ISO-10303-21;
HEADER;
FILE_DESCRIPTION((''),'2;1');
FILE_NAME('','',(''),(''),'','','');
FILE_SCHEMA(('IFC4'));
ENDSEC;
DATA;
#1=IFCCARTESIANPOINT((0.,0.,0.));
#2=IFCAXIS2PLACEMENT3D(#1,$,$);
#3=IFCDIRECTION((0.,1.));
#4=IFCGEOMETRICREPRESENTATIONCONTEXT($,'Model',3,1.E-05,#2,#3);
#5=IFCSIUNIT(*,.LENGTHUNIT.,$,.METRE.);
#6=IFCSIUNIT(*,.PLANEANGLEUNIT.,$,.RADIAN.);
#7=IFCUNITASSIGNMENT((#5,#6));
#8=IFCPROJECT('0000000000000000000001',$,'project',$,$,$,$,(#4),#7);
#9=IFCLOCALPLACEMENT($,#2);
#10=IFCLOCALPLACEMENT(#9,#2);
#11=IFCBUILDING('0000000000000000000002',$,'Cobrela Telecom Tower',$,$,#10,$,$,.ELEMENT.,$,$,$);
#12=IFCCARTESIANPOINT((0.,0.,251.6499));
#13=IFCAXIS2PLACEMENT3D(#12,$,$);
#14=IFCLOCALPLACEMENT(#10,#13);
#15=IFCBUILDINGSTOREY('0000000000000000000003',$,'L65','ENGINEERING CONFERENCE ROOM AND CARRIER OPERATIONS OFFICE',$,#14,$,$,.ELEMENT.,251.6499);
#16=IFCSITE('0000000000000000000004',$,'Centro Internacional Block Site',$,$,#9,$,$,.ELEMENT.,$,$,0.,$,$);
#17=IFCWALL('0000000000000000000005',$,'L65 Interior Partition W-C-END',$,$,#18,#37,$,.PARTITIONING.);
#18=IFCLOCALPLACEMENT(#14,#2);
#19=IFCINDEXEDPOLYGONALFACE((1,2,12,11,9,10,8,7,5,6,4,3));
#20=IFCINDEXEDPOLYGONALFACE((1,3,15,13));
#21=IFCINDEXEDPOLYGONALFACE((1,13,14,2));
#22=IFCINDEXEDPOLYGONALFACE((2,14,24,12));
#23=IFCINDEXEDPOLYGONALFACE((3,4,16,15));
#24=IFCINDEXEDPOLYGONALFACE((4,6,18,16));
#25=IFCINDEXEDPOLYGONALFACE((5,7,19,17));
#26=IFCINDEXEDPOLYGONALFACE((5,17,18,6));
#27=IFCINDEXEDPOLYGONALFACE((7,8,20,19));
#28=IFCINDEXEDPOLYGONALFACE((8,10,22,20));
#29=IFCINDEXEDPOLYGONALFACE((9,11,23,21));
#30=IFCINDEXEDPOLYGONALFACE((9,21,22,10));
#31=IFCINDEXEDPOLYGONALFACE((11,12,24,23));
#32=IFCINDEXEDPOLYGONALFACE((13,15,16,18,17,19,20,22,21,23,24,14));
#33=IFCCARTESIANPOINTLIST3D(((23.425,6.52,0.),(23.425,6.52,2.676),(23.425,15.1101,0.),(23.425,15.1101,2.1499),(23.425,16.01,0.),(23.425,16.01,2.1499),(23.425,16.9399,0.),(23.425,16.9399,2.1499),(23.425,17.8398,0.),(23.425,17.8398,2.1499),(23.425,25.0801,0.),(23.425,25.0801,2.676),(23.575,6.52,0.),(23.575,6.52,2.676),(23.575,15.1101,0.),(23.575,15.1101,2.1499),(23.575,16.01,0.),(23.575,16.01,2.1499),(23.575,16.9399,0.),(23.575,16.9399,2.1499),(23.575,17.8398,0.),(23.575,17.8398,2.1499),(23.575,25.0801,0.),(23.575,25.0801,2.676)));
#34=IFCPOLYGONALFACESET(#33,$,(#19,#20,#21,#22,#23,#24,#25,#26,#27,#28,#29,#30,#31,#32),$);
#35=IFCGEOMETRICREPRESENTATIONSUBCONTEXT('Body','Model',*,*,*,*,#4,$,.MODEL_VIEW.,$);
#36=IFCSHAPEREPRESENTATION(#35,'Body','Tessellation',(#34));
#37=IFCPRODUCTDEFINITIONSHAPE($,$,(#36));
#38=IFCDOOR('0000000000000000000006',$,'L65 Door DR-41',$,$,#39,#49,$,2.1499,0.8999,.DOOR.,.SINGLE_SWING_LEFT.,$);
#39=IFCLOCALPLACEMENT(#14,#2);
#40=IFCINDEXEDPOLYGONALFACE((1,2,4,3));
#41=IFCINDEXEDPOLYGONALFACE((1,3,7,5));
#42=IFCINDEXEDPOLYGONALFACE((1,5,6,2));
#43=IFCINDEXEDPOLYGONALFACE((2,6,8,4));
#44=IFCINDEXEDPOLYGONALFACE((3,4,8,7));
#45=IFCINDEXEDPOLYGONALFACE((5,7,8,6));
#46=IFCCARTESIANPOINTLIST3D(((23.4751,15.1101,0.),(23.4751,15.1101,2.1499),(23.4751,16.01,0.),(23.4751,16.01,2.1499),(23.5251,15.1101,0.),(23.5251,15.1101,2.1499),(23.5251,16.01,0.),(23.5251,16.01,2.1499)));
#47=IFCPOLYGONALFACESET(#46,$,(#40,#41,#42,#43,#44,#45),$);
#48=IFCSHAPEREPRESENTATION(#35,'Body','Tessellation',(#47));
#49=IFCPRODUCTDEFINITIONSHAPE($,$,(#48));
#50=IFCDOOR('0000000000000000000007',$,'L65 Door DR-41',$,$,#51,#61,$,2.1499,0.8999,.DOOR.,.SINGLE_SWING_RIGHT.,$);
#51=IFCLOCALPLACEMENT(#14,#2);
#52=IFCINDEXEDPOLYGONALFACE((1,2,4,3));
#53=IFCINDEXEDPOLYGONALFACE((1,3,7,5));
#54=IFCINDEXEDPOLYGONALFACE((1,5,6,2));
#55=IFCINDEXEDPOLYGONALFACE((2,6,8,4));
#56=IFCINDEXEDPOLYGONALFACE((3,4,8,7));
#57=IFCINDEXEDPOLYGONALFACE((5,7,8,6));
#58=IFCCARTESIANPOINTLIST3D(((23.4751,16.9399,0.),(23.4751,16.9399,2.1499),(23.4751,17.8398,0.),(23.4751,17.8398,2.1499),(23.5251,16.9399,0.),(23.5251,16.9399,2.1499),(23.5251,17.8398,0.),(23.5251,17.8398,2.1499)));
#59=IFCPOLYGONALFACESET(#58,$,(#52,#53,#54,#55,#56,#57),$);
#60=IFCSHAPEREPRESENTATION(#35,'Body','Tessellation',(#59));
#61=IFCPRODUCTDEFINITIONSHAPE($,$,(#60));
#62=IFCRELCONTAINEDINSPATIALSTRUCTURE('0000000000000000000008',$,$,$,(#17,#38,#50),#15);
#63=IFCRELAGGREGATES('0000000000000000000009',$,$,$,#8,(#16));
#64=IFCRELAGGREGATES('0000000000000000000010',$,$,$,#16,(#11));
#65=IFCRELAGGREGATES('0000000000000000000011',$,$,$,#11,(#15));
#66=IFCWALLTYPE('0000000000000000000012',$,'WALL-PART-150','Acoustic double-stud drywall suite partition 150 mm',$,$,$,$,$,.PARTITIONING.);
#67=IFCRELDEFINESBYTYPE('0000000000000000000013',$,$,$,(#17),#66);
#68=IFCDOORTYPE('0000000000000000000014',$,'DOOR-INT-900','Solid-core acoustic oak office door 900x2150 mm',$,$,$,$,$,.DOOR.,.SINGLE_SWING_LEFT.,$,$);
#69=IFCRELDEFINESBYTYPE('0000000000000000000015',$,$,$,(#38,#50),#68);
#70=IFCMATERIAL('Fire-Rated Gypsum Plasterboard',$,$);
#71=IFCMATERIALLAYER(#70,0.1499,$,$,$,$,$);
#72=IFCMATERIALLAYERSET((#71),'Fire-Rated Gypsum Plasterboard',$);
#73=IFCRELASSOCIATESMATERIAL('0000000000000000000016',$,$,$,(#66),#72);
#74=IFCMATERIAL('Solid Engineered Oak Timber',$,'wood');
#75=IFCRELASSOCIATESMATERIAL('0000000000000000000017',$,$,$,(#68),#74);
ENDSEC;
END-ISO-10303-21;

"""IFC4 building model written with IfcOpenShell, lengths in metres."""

from ifc_helpers import new_model, si_unit, direction, frame, frame_2d, origin, place, context, subcontext, project, spatial, rectangle, extrude, material, layer, layer_set, type_object, element, fill, save


model = new_model("IFC4")

# Units and contexts
model_context = context("Model", 3, precision=1e-05, world=origin(), true_north=direction((0.0, 1.0)))
body_context = subcontext(model_context, "Body", "Model", "MODEL_VIEW")
ifc_project = project(units=[si_unit("LENGTHUNIT", "METRE"), si_unit("PLANEANGLEUNIT", "RADIAN")], contexts=[model_context])

# Site, building, storey
site_placement = place(None, origin())
site = spatial("IfcSite", under=ifc_project, at=site_placement, Name="Centro Internacional Block Site", CompositionType="ELEMENT", RefElevation=0.0)
building_placement = place(site_placement, origin())
building = spatial("IfcBuilding", under=site, at=building_placement, Name="Cobrela Telecom Tower", CompositionType="ELEMENT")
storey_placement = place(building_placement, frame((0.0, 0.0, 251.6499)))
storey = spatial("IfcBuildingStorey", under=building, at=storey_placement, Name="L65", Description="ENGINEERING CONFERENCE ROOM AND CARRIER OPERATIONS OFFICE", CompositionType="ELEMENT", Elevation=251.6499)

# Shared definitions
ifc_material_1 = material(Name="Fire-Rated Gypsum Plasterboard")
ifc_material_2 = material(Name="Solid Engineered Oak Timber", Category="wood")

# Shared definitions
ifc_layer_1 = layer(ifc_material_1, 0.1499)
ifc_layer_set_1 = layer_set([ifc_layer_1], Name="Fire-Rated Gypsum Plasterboard")
wall_type_1 = type_object("IfcWallType", Name="WALL-PART-150", Description="Acoustic double-stud drywall suite partition 150 mm", PredefinedType="PARTITIONING", material=ifc_layer_set_1)

# Wall, openings, doors
wall_1_placement = place(storey_placement, frame((23.5, 6.52, 0.0), z_axis=(0.0, 0.0, 1.0), x_axis=(0.0, 1.0, 0.0)))
wall_1 = element("IfcWall", 1, at=wall_1_placement, inside=storey, type_object=wall_type_1, Name="L65 Interior Partition W-C-END", PredefinedType="PARTITIONING", context=body_context, shape_type="SweptSolid", body=[
    extrude(rectangle(XDim=18.5601, YDim=0.1499, at=frame_2d((9.28, 0.0))), origin(), (0.0, 0.0, 1.0), 2.676),
])
opening_1_placement = place(wall_1_placement, frame((8.5901, 0.0, 0.0)))
opening_1 = element("IfcOpeningElement", 2, at=opening_1_placement, cuts=wall_1, PredefinedType="OPENING", context=body_context, shape_type="SweptSolid", body=[
    extrude(rectangle(XDim=0.8999, YDim=2.1499, at=frame_2d((0.45, 1.075))), frame((0.0, 0.0869, 0.0), z_axis=(0.0, -1.0, 0.0), x_axis=(1.0, 0.0, 0.0)), (0.0, 0.0, 1.0), 0.1738),
])
opening_2_placement = place(wall_1_placement, frame((10.4199, 0.0, 0.0)))
opening_2 = element("IfcOpeningElement", 3, at=opening_2_placement, cuts=wall_1, PredefinedType="OPENING", context=body_context, shape_type="SweptSolid", body=[
    extrude(rectangle(XDim=0.8999, YDim=2.1499, at=frame_2d((0.45, 1.075))), frame((0.0, 0.0869, 0.0), z_axis=(0.0, -1.0, 0.0), x_axis=(1.0, 0.0, 0.0)), (0.0, 0.0, 1.0), 0.1738),
])
door_type_1 = type_object("IfcDoorType", Name="DOOR-INT-900", Description="Solid-core acoustic oak office door 900x2150 mm", OperationType="SINGLE_SWING_LEFT", PredefinedType="DOOR", material=ifc_material_2)
door_1_placement = place(opening_1_placement, origin())
door_1 = element("IfcDoor", 4, at=door_1_placement, inside=storey, type_object=door_type_1, Name="L65 Door DR-41", OperationType="SINGLE_SWING_LEFT", OverallHeight=2.1499, OverallWidth=0.8999, PredefinedType="DOOR", context=body_context, shape_type="SweptSolid", body=[
    extrude(rectangle(XDim=0.8999, YDim=2.1499, at=frame_2d((0.45, 1.075))), frame((0.0, 0.0249, 0.0), z_axis=(0.0, -1.0, 0.0), x_axis=(1.0, 0.0, 0.0)), (0.0, 0.0, 1.0), 0.05),
])
fill(opening_1, door_1)
door_2_placement = place(opening_2_placement, origin())
door_2 = element("IfcDoor", 5, at=door_2_placement, inside=storey, type_object=door_type_1, Name="L65 Door DR-41", OperationType="SINGLE_SWING_RIGHT", OverallHeight=2.1499, OverallWidth=0.8999, PredefinedType="DOOR", context=body_context, shape_type="SweptSolid", body=[
    extrude(rectangle(XDim=0.8999, YDim=2.1499, at=frame_2d((0.45, 1.075))), frame((0.0, 0.0249, 0.0), z_axis=(0.0, -1.0, 0.0), x_axis=(1.0, 0.0, 0.0)), (0.0, 0.0, 1.0), 0.05),
])
fill(opening_2, door_2)

save(model, "model.ifc")
